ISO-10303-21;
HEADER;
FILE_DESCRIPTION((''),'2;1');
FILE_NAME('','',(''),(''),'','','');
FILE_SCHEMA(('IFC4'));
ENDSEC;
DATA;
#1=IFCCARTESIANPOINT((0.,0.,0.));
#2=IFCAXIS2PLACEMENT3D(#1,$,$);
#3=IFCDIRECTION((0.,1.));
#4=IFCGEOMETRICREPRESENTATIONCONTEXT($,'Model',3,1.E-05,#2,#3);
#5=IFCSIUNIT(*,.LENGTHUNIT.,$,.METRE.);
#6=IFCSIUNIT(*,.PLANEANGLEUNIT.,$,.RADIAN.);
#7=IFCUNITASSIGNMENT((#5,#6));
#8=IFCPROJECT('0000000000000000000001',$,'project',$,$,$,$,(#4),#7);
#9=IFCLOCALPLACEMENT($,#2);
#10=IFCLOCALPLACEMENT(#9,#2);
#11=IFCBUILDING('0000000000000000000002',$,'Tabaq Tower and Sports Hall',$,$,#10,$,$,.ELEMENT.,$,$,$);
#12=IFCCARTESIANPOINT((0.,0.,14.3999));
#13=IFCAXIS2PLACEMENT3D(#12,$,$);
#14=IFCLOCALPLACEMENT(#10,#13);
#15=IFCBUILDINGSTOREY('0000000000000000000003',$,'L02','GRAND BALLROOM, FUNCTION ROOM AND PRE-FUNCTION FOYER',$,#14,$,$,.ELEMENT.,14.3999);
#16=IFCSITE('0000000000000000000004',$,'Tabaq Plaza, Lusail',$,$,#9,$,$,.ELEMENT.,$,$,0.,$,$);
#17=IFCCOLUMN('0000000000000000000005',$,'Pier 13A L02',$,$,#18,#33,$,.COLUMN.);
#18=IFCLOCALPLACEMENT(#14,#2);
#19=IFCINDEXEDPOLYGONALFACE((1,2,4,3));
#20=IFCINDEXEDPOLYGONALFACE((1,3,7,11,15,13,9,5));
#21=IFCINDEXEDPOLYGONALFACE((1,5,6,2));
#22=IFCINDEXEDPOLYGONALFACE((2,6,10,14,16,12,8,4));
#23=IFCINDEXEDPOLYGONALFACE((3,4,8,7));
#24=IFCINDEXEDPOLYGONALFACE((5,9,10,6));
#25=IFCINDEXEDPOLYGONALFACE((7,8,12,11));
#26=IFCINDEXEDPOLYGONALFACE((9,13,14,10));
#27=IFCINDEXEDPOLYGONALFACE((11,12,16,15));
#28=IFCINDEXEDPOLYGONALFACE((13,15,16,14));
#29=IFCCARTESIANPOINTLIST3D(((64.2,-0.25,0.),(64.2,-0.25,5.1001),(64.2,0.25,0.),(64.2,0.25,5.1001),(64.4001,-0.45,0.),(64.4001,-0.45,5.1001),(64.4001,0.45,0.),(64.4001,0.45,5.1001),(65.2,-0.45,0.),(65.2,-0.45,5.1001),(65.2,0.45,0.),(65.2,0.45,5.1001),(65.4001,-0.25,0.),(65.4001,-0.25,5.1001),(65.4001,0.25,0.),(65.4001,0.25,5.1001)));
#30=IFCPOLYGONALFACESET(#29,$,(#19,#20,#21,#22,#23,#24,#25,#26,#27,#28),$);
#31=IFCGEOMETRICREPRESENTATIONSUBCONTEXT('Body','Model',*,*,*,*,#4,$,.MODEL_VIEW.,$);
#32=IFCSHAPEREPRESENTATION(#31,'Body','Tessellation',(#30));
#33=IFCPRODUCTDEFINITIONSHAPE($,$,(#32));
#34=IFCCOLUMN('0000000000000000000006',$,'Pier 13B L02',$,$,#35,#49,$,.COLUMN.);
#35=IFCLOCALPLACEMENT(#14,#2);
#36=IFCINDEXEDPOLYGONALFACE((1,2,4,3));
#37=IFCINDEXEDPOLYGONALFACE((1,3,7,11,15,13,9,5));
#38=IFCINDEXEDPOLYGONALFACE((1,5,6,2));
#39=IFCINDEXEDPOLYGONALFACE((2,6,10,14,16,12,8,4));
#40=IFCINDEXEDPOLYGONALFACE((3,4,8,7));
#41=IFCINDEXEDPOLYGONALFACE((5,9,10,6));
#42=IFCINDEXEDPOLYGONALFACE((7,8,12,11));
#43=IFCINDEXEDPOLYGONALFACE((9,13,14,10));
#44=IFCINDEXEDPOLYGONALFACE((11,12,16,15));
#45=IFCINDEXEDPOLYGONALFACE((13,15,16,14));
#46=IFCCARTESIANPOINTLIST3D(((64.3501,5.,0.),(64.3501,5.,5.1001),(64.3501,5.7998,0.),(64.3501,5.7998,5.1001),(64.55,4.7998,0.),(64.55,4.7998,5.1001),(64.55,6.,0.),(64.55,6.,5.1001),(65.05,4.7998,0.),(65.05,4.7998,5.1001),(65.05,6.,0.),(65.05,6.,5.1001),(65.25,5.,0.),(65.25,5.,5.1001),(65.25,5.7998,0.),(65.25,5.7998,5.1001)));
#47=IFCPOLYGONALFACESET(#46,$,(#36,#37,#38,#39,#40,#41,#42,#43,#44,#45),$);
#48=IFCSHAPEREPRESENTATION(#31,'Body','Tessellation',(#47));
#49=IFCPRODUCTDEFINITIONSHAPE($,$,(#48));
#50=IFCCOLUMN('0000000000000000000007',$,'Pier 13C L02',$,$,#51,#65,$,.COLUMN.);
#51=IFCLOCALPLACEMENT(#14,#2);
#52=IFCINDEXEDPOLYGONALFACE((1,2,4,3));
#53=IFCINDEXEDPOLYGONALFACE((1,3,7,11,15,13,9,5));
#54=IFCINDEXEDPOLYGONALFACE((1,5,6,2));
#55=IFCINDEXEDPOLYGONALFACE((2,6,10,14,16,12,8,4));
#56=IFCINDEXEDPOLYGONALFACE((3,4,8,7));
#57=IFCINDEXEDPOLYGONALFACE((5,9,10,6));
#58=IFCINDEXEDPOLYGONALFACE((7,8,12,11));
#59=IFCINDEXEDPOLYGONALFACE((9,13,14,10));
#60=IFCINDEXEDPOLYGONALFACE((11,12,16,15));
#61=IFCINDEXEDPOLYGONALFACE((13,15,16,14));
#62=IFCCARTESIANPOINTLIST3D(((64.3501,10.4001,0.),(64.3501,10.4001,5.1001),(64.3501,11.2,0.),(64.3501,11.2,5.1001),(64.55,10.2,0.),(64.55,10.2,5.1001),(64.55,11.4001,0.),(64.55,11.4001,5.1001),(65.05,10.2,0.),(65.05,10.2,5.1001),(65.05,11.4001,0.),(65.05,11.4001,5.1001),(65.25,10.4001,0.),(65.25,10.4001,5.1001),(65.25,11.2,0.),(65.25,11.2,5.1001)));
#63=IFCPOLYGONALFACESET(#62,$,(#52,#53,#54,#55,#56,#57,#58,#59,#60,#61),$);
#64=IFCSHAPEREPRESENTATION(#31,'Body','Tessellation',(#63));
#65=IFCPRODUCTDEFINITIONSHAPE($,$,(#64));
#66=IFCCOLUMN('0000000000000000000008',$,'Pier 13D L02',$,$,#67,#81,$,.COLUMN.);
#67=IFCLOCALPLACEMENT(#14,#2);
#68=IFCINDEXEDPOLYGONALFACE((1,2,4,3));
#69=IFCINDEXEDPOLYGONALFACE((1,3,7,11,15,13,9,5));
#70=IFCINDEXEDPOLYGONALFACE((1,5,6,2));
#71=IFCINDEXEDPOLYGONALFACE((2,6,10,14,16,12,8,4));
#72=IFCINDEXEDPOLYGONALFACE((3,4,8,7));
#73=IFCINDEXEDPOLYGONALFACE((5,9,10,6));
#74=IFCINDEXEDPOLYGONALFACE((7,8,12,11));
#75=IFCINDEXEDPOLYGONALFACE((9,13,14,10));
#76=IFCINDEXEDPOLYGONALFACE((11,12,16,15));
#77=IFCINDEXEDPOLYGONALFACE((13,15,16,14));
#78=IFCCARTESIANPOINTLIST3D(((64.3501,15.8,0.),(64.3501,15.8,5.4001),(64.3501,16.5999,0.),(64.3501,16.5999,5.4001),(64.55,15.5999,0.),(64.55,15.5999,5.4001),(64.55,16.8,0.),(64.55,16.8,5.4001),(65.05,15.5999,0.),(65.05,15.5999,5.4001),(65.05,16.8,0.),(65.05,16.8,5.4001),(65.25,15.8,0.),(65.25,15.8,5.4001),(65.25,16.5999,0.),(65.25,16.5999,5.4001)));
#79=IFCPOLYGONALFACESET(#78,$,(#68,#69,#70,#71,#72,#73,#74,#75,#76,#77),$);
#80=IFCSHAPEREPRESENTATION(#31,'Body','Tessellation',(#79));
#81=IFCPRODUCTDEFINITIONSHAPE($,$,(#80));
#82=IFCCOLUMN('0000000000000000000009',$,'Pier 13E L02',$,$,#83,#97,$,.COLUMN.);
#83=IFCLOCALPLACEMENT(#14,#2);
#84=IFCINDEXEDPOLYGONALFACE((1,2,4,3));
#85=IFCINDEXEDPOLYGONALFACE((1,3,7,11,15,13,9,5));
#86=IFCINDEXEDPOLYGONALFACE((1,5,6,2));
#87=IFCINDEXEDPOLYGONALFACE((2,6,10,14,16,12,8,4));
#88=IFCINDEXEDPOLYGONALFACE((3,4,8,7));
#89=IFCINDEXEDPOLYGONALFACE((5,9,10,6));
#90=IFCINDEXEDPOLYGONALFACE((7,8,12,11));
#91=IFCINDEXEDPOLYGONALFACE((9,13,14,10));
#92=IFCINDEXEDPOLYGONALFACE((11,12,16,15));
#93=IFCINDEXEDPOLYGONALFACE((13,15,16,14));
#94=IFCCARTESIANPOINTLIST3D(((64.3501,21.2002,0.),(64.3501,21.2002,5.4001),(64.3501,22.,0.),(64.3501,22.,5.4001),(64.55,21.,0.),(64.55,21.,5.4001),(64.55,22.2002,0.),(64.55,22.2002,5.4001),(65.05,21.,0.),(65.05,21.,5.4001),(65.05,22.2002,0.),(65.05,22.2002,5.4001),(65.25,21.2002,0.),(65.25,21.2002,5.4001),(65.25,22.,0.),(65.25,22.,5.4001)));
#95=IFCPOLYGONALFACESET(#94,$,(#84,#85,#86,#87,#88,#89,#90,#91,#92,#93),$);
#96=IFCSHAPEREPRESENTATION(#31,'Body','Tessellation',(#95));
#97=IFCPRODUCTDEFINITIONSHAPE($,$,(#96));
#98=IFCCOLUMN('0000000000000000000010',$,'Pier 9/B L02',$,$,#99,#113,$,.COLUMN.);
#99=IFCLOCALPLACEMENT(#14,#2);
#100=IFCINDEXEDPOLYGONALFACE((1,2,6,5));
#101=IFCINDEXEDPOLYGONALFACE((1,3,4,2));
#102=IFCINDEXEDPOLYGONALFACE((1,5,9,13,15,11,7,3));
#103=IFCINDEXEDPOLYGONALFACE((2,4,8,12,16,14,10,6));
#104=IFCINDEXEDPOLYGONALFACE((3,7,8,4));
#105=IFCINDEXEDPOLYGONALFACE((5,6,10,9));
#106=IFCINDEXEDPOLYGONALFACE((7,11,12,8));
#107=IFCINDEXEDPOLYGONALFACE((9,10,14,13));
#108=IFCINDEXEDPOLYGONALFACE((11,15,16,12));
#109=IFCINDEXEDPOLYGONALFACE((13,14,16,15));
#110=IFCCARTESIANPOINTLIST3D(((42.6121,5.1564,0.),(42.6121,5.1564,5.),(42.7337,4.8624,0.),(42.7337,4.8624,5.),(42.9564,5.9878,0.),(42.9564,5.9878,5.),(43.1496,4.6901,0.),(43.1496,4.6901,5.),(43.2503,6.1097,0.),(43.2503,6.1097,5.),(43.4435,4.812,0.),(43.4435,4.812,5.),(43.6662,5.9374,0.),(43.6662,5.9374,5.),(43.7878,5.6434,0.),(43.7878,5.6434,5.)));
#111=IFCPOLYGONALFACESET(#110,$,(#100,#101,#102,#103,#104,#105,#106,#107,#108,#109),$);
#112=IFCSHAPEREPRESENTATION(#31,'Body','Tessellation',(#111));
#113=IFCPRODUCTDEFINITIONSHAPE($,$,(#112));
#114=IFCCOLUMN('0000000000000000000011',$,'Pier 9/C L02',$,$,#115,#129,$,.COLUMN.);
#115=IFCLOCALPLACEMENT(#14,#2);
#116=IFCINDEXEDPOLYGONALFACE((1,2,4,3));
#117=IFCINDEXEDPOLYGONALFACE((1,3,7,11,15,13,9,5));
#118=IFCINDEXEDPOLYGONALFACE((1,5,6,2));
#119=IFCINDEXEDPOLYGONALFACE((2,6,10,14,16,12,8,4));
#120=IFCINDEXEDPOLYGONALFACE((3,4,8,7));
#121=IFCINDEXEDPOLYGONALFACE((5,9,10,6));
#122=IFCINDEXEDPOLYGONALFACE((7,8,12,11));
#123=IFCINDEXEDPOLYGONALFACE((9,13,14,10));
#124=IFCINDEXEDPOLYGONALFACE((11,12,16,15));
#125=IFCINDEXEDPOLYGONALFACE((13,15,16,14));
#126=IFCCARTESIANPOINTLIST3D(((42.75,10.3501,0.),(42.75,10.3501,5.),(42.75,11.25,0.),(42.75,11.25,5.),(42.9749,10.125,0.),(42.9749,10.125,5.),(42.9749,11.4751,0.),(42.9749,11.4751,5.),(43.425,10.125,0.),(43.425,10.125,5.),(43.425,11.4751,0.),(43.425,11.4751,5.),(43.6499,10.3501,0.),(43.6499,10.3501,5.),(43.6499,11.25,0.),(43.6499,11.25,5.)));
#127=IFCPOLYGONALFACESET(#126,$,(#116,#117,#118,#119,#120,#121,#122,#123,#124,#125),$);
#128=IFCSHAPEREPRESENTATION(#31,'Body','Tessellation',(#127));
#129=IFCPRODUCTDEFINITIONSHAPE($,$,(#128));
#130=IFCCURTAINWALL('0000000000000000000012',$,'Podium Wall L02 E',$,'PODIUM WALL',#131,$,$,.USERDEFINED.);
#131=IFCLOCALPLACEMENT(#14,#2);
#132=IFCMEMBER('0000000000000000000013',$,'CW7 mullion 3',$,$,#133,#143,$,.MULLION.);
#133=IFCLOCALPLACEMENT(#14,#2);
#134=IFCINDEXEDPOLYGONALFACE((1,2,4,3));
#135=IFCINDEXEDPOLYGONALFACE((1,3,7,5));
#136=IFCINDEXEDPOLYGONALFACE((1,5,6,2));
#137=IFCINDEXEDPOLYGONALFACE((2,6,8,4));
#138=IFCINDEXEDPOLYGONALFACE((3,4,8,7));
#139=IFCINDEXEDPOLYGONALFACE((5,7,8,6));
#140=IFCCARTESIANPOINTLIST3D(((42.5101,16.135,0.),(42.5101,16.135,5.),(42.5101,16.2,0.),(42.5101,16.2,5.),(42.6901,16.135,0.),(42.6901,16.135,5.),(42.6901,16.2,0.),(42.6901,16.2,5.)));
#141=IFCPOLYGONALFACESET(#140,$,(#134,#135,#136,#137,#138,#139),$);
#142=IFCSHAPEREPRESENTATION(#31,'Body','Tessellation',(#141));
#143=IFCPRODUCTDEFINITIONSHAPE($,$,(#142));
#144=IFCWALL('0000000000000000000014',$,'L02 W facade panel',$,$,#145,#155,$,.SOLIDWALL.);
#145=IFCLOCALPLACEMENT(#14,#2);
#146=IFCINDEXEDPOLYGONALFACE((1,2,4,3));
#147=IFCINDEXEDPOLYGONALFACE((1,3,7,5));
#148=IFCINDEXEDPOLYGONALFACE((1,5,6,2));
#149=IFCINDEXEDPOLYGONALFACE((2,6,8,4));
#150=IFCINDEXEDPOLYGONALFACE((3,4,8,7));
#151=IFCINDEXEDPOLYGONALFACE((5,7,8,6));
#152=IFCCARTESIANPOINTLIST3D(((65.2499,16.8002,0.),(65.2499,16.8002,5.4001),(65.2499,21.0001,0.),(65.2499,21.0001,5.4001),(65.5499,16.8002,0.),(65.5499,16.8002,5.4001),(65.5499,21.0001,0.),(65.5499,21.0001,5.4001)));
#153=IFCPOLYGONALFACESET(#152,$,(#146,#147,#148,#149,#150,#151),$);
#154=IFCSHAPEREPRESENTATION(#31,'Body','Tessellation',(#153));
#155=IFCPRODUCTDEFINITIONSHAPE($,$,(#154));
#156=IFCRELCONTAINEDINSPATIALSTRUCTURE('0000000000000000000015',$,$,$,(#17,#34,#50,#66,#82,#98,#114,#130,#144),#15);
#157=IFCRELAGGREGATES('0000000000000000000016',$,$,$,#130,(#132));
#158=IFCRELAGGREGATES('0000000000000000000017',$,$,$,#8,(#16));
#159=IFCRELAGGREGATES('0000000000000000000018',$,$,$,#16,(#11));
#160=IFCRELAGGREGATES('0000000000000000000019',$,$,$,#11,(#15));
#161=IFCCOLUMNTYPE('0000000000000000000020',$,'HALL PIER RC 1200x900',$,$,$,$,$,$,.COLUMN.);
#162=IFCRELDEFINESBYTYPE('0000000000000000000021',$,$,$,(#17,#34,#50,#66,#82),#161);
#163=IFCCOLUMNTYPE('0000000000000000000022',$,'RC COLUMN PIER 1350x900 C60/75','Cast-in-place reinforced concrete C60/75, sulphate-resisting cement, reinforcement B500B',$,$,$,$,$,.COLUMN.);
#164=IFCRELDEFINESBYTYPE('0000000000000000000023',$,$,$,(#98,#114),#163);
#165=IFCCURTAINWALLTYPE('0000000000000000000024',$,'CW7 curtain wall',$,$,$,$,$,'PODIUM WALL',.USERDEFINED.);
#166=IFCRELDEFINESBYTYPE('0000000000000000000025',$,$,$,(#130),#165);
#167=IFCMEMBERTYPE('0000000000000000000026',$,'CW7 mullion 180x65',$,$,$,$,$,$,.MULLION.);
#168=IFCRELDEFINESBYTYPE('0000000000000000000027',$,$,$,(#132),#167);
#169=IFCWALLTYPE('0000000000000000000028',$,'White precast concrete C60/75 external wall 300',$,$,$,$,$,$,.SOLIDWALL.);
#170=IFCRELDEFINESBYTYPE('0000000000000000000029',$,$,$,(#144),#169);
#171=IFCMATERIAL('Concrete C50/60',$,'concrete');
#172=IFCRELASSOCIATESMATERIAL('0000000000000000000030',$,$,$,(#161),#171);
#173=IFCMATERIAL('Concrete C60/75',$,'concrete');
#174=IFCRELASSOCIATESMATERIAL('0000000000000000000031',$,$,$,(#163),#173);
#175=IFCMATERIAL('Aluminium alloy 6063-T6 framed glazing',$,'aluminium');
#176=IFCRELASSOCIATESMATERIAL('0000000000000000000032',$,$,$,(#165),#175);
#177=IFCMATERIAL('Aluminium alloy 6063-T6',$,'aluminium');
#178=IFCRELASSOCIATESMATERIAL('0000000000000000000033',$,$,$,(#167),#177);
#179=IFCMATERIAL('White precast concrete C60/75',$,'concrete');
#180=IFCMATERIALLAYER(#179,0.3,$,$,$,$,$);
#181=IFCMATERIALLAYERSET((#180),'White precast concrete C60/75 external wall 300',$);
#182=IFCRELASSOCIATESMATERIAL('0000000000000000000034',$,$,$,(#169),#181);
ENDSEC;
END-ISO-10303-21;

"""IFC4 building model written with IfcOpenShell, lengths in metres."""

from ifc_helpers import new_model, si_unit, direction, frame, frame_2d, origin, origin_2d, place, context, subcontext, project, spatial, polyline, rectangle, outline, extrude, material, layer, layer_set, material_profile, profile_set, type_object, element, aggregate, save


model = new_model("IFC4")

# Units and contexts
model_context = context("Model", 3, precision=1e-05, world=origin(), true_north=direction((0.0, 1.0)))
body_context = subcontext(model_context, "Body", "Model", "MODEL_VIEW")
ifc_project = project(units=[si_unit("LENGTHUNIT", "METRE"), si_unit("PLANEANGLEUNIT", "RADIAN")], contexts=[model_context])

# Site, building, storey
site_placement = place(None, origin())
site = spatial("IfcSite", under=ifc_project, at=site_placement, Name="Tabaq Plaza, Lusail", CompositionType="ELEMENT", RefElevation=0.0)
building_placement = place(site_placement, origin())
building = spatial("IfcBuilding", under=site, at=building_placement, Name="Tabaq Tower and Sports Hall", CompositionType="ELEMENT")
storey_placement = place(building_placement, frame((0.0, 0.0, 14.3999)))
storey = spatial("IfcBuildingStorey", under=building, at=storey_placement, Name="L02", Description="GRAND BALLROOM, FUNCTION ROOM AND PRE-FUNCTION FOYER", CompositionType="ELEMENT", Elevation=14.3999)

# Columns
ifc_material_1 = material(Name="Concrete C50/60", Category="concrete")
ifc_material_profile_1 = material_profile(ifc_material_1, outline(polyline([(-0.3999, -0.45), (0.3999, -0.45), (0.6001, -0.25), (0.6001, 0.25), (0.3999, 0.45), (-0.3999, 0.45), (-0.6001, 0.25), (-0.6001, -0.25), (-0.3999, -0.45)])), Name="PIER 1200x900")
ifc_profile_set_1 = profile_set([ifc_material_profile_1], Name="Concrete C50/60")
column_type_1 = type_object("IfcColumnType", Name="HALL PIER RC 1200x900", PredefinedType="COLUMN", material=ifc_profile_set_1)
for number, where, z_axis, x_axis, name in (
    (1, (64.8, 0.0, 0.0), (0.0, 0.0, 1.0), (1.0, 0.0, 0.0), "Pier 13A L02"),
    (2, (64.8, 5.3999, 0.0), (0.0, 0.0, 1.0), (0.0, 1.0, 0.0), "Pier 13B L02"),
    (3, (64.8, 10.8, 0.0), (0.0, 0.0, 1.0), (0.0, 1.0, 0.0), "Pier 13C L02"),
):
    element("IfcColumn", number, at=place(storey_placement, frame(where, z_axis=z_axis, x_axis=x_axis)), inside=storey, type_object=column_type_1, Name=name, PredefinedType="COLUMN", context=body_context, shape_type="SweptSolid", body=[
        extrude(outline(polyline([(-0.3999, -0.45), (0.3999, -0.45), (0.6001, -0.25), (0.6001, 0.25), (0.3999, 0.45), (-0.3999, 0.45), (-0.6001, 0.25), (-0.6001, -0.25), (-0.3999, -0.45)])), origin(), (0.0, 0.0, 1.0), 5.1001),
    ])
for number, where, z_axis, x_axis, name in (
    (4, (64.8, 16.2, 0.0), (0.0, 0.0, 1.0), (0.0, 1.0, 0.0), "Pier 13D L02"),
    (5, (64.8, 21.6001, 0.0), (0.0, 0.0, 1.0), (0.0, 1.0, 0.0), "Pier 13E L02"),
):
    element("IfcColumn", number, at=place(storey_placement, frame(where, z_axis=z_axis, x_axis=x_axis)), inside=storey, type_object=column_type_1, Name=name, PredefinedType="COLUMN", context=body_context, shape_type="SweptSolid", body=[
        extrude(outline(polyline([(-0.3999, -0.45), (0.3999, -0.45), (0.6001, -0.25), (0.6001, 0.25), (0.3999, 0.45), (-0.3999, 0.45), (-0.6001, 0.25), (-0.6001, -0.25), (-0.3999, -0.45)])), origin(), (0.0, 0.0, 1.0), 5.4001),
    ])
ifc_material_2 = material(Name="Concrete C60/75", Category="concrete")
ifc_material_profile_2 = material_profile(ifc_material_2, outline(polyline([(-0.45, -0.45), (0.45, -0.45), (0.675, -0.2251), (0.675, 0.2251), (0.45, 0.45), (-0.45, 0.45), (-0.675, 0.2251), (-0.675, -0.2251), (-0.45, -0.45)])), Name="PIER 1350x900")
ifc_profile_set_2 = profile_set([ifc_material_profile_2], Name="Concrete C60/75")
column_type_2 = type_object("IfcColumnType", Name="RC COLUMN PIER 1350x900 C60/75", Description="Cast-in-place reinforced concrete C60/75, sulphate-resisting cement, reinforcement B500B", PredefinedType="COLUMN", material=ifc_profile_set_2)
for number, where, z_axis, x_axis, name in (
    (6, (43.2, 5.3999, 0.0), (0.0, 0.0, 1.0), (0.382683, 0.92388, 0.0), "Pier 9/B L02"),
    (7, (43.2, 10.8, 0.0), (0.0, 0.0, 1.0), (0.0, 1.0, 0.0), "Pier 9/C L02"),
):
    element("IfcColumn", number, at=place(storey_placement, frame(where, z_axis=z_axis, x_axis=x_axis)), inside=storey, type_object=column_type_2, Name=name, PredefinedType="COLUMN", context=body_context, shape_type="SweptSolid", body=[
        extrude(outline(polyline([(-0.45, -0.45), (0.45, -0.45), (0.675, -0.2251), (0.675, 0.2251), (0.45, 0.45), (-0.45, 0.45), (-0.675, 0.2251), (-0.675, -0.2251), (-0.45, -0.45)])), origin(), (0.0, 0.0, 1.0), 5.0),
    ])

# Curtain wall, member
ifc_material_3 = material(Name="Aluminium alloy 6063-T6 framed glazing", Category="aluminium")
curtain_wall_type = type_object("IfcCurtainWallType", Name="CW7 curtain wall", ElementType="PODIUM WALL", PredefinedType="USERDEFINED", material=ifc_material_3)
curtain_wall_placement = place(storey_placement, origin())
curtain_wall = element("IfcCurtainWall", 8, at=curtain_wall_placement, inside=storey, type_object=curtain_wall_type, Name="Podium Wall L02 E", ObjectType="PODIUM WALL", PredefinedType="USERDEFINED")
ifc_material_4 = material(Name="Aluminium alloy 6063-T6", Category="aluminium")
ifc_material_profile_3 = material_profile(ifc_material_4, rectangle(XDim=0.1799, YDim=0.0649, at=origin_2d()), Name="MULLION 180x65")
ifc_profile_set_3 = profile_set([ifc_material_profile_3], Name="Aluminium alloy 6063-T6")
member_type = type_object("IfcMemberType", Name="CW7 mullion 180x65", PredefinedType="MULLION", material=ifc_profile_set_3)
member_placement = place(storey_placement, frame((42.6001, 16.1675, 0.0), z_axis=(0.0, 0.0, 1.0), x_axis=(-1.0, 0.0, 0.0)))
member = element("IfcMember", 9, at=member_placement, type_object=member_type, Name="CW7 mullion 3", PredefinedType="MULLION", context=body_context, shape_type="SweptSolid", body=[
    extrude(rectangle(XDim=0.1799, YDim=0.0649, at=origin_2d()), origin(), (0.0, 0.0, 1.0), 5.0),
])
aggregate(curtain_wall, [member])

# Shared definitions
ifc_material_5 = material(Name="White precast concrete C60/75", Category="concrete")
ifc_layer_1 = layer(ifc_material_5, 0.3)
ifc_layer_set_1 = layer_set([ifc_layer_1], Name="White precast concrete C60/75 external wall 300")
wall_type_1 = type_object("IfcWallType", Name="White precast concrete C60/75 external wall 300", PredefinedType="SOLIDWALL", material=ifc_layer_set_1)

# Wall
wall_1_placement = place(storey_placement, frame((65.3999, 16.8, 0.0), z_axis=(0.0, 0.0, 1.0), x_axis=(0.0, 1.0, 0.0)))
element("IfcWall", 10, at=wall_1_placement, inside=storey, type_object=wall_type_1, Name="L02 W facade panel", PredefinedType="SOLIDWALL", context=body_context, shape_type="SweptSolid", body=[
    extrude(rectangle(XDim=4.2, YDim=0.3, at=frame_2d((2.1001, 0.0))), origin(), (0.0, 0.0, 1.0), 5.4001),
])

save(model, "model.ifc")
